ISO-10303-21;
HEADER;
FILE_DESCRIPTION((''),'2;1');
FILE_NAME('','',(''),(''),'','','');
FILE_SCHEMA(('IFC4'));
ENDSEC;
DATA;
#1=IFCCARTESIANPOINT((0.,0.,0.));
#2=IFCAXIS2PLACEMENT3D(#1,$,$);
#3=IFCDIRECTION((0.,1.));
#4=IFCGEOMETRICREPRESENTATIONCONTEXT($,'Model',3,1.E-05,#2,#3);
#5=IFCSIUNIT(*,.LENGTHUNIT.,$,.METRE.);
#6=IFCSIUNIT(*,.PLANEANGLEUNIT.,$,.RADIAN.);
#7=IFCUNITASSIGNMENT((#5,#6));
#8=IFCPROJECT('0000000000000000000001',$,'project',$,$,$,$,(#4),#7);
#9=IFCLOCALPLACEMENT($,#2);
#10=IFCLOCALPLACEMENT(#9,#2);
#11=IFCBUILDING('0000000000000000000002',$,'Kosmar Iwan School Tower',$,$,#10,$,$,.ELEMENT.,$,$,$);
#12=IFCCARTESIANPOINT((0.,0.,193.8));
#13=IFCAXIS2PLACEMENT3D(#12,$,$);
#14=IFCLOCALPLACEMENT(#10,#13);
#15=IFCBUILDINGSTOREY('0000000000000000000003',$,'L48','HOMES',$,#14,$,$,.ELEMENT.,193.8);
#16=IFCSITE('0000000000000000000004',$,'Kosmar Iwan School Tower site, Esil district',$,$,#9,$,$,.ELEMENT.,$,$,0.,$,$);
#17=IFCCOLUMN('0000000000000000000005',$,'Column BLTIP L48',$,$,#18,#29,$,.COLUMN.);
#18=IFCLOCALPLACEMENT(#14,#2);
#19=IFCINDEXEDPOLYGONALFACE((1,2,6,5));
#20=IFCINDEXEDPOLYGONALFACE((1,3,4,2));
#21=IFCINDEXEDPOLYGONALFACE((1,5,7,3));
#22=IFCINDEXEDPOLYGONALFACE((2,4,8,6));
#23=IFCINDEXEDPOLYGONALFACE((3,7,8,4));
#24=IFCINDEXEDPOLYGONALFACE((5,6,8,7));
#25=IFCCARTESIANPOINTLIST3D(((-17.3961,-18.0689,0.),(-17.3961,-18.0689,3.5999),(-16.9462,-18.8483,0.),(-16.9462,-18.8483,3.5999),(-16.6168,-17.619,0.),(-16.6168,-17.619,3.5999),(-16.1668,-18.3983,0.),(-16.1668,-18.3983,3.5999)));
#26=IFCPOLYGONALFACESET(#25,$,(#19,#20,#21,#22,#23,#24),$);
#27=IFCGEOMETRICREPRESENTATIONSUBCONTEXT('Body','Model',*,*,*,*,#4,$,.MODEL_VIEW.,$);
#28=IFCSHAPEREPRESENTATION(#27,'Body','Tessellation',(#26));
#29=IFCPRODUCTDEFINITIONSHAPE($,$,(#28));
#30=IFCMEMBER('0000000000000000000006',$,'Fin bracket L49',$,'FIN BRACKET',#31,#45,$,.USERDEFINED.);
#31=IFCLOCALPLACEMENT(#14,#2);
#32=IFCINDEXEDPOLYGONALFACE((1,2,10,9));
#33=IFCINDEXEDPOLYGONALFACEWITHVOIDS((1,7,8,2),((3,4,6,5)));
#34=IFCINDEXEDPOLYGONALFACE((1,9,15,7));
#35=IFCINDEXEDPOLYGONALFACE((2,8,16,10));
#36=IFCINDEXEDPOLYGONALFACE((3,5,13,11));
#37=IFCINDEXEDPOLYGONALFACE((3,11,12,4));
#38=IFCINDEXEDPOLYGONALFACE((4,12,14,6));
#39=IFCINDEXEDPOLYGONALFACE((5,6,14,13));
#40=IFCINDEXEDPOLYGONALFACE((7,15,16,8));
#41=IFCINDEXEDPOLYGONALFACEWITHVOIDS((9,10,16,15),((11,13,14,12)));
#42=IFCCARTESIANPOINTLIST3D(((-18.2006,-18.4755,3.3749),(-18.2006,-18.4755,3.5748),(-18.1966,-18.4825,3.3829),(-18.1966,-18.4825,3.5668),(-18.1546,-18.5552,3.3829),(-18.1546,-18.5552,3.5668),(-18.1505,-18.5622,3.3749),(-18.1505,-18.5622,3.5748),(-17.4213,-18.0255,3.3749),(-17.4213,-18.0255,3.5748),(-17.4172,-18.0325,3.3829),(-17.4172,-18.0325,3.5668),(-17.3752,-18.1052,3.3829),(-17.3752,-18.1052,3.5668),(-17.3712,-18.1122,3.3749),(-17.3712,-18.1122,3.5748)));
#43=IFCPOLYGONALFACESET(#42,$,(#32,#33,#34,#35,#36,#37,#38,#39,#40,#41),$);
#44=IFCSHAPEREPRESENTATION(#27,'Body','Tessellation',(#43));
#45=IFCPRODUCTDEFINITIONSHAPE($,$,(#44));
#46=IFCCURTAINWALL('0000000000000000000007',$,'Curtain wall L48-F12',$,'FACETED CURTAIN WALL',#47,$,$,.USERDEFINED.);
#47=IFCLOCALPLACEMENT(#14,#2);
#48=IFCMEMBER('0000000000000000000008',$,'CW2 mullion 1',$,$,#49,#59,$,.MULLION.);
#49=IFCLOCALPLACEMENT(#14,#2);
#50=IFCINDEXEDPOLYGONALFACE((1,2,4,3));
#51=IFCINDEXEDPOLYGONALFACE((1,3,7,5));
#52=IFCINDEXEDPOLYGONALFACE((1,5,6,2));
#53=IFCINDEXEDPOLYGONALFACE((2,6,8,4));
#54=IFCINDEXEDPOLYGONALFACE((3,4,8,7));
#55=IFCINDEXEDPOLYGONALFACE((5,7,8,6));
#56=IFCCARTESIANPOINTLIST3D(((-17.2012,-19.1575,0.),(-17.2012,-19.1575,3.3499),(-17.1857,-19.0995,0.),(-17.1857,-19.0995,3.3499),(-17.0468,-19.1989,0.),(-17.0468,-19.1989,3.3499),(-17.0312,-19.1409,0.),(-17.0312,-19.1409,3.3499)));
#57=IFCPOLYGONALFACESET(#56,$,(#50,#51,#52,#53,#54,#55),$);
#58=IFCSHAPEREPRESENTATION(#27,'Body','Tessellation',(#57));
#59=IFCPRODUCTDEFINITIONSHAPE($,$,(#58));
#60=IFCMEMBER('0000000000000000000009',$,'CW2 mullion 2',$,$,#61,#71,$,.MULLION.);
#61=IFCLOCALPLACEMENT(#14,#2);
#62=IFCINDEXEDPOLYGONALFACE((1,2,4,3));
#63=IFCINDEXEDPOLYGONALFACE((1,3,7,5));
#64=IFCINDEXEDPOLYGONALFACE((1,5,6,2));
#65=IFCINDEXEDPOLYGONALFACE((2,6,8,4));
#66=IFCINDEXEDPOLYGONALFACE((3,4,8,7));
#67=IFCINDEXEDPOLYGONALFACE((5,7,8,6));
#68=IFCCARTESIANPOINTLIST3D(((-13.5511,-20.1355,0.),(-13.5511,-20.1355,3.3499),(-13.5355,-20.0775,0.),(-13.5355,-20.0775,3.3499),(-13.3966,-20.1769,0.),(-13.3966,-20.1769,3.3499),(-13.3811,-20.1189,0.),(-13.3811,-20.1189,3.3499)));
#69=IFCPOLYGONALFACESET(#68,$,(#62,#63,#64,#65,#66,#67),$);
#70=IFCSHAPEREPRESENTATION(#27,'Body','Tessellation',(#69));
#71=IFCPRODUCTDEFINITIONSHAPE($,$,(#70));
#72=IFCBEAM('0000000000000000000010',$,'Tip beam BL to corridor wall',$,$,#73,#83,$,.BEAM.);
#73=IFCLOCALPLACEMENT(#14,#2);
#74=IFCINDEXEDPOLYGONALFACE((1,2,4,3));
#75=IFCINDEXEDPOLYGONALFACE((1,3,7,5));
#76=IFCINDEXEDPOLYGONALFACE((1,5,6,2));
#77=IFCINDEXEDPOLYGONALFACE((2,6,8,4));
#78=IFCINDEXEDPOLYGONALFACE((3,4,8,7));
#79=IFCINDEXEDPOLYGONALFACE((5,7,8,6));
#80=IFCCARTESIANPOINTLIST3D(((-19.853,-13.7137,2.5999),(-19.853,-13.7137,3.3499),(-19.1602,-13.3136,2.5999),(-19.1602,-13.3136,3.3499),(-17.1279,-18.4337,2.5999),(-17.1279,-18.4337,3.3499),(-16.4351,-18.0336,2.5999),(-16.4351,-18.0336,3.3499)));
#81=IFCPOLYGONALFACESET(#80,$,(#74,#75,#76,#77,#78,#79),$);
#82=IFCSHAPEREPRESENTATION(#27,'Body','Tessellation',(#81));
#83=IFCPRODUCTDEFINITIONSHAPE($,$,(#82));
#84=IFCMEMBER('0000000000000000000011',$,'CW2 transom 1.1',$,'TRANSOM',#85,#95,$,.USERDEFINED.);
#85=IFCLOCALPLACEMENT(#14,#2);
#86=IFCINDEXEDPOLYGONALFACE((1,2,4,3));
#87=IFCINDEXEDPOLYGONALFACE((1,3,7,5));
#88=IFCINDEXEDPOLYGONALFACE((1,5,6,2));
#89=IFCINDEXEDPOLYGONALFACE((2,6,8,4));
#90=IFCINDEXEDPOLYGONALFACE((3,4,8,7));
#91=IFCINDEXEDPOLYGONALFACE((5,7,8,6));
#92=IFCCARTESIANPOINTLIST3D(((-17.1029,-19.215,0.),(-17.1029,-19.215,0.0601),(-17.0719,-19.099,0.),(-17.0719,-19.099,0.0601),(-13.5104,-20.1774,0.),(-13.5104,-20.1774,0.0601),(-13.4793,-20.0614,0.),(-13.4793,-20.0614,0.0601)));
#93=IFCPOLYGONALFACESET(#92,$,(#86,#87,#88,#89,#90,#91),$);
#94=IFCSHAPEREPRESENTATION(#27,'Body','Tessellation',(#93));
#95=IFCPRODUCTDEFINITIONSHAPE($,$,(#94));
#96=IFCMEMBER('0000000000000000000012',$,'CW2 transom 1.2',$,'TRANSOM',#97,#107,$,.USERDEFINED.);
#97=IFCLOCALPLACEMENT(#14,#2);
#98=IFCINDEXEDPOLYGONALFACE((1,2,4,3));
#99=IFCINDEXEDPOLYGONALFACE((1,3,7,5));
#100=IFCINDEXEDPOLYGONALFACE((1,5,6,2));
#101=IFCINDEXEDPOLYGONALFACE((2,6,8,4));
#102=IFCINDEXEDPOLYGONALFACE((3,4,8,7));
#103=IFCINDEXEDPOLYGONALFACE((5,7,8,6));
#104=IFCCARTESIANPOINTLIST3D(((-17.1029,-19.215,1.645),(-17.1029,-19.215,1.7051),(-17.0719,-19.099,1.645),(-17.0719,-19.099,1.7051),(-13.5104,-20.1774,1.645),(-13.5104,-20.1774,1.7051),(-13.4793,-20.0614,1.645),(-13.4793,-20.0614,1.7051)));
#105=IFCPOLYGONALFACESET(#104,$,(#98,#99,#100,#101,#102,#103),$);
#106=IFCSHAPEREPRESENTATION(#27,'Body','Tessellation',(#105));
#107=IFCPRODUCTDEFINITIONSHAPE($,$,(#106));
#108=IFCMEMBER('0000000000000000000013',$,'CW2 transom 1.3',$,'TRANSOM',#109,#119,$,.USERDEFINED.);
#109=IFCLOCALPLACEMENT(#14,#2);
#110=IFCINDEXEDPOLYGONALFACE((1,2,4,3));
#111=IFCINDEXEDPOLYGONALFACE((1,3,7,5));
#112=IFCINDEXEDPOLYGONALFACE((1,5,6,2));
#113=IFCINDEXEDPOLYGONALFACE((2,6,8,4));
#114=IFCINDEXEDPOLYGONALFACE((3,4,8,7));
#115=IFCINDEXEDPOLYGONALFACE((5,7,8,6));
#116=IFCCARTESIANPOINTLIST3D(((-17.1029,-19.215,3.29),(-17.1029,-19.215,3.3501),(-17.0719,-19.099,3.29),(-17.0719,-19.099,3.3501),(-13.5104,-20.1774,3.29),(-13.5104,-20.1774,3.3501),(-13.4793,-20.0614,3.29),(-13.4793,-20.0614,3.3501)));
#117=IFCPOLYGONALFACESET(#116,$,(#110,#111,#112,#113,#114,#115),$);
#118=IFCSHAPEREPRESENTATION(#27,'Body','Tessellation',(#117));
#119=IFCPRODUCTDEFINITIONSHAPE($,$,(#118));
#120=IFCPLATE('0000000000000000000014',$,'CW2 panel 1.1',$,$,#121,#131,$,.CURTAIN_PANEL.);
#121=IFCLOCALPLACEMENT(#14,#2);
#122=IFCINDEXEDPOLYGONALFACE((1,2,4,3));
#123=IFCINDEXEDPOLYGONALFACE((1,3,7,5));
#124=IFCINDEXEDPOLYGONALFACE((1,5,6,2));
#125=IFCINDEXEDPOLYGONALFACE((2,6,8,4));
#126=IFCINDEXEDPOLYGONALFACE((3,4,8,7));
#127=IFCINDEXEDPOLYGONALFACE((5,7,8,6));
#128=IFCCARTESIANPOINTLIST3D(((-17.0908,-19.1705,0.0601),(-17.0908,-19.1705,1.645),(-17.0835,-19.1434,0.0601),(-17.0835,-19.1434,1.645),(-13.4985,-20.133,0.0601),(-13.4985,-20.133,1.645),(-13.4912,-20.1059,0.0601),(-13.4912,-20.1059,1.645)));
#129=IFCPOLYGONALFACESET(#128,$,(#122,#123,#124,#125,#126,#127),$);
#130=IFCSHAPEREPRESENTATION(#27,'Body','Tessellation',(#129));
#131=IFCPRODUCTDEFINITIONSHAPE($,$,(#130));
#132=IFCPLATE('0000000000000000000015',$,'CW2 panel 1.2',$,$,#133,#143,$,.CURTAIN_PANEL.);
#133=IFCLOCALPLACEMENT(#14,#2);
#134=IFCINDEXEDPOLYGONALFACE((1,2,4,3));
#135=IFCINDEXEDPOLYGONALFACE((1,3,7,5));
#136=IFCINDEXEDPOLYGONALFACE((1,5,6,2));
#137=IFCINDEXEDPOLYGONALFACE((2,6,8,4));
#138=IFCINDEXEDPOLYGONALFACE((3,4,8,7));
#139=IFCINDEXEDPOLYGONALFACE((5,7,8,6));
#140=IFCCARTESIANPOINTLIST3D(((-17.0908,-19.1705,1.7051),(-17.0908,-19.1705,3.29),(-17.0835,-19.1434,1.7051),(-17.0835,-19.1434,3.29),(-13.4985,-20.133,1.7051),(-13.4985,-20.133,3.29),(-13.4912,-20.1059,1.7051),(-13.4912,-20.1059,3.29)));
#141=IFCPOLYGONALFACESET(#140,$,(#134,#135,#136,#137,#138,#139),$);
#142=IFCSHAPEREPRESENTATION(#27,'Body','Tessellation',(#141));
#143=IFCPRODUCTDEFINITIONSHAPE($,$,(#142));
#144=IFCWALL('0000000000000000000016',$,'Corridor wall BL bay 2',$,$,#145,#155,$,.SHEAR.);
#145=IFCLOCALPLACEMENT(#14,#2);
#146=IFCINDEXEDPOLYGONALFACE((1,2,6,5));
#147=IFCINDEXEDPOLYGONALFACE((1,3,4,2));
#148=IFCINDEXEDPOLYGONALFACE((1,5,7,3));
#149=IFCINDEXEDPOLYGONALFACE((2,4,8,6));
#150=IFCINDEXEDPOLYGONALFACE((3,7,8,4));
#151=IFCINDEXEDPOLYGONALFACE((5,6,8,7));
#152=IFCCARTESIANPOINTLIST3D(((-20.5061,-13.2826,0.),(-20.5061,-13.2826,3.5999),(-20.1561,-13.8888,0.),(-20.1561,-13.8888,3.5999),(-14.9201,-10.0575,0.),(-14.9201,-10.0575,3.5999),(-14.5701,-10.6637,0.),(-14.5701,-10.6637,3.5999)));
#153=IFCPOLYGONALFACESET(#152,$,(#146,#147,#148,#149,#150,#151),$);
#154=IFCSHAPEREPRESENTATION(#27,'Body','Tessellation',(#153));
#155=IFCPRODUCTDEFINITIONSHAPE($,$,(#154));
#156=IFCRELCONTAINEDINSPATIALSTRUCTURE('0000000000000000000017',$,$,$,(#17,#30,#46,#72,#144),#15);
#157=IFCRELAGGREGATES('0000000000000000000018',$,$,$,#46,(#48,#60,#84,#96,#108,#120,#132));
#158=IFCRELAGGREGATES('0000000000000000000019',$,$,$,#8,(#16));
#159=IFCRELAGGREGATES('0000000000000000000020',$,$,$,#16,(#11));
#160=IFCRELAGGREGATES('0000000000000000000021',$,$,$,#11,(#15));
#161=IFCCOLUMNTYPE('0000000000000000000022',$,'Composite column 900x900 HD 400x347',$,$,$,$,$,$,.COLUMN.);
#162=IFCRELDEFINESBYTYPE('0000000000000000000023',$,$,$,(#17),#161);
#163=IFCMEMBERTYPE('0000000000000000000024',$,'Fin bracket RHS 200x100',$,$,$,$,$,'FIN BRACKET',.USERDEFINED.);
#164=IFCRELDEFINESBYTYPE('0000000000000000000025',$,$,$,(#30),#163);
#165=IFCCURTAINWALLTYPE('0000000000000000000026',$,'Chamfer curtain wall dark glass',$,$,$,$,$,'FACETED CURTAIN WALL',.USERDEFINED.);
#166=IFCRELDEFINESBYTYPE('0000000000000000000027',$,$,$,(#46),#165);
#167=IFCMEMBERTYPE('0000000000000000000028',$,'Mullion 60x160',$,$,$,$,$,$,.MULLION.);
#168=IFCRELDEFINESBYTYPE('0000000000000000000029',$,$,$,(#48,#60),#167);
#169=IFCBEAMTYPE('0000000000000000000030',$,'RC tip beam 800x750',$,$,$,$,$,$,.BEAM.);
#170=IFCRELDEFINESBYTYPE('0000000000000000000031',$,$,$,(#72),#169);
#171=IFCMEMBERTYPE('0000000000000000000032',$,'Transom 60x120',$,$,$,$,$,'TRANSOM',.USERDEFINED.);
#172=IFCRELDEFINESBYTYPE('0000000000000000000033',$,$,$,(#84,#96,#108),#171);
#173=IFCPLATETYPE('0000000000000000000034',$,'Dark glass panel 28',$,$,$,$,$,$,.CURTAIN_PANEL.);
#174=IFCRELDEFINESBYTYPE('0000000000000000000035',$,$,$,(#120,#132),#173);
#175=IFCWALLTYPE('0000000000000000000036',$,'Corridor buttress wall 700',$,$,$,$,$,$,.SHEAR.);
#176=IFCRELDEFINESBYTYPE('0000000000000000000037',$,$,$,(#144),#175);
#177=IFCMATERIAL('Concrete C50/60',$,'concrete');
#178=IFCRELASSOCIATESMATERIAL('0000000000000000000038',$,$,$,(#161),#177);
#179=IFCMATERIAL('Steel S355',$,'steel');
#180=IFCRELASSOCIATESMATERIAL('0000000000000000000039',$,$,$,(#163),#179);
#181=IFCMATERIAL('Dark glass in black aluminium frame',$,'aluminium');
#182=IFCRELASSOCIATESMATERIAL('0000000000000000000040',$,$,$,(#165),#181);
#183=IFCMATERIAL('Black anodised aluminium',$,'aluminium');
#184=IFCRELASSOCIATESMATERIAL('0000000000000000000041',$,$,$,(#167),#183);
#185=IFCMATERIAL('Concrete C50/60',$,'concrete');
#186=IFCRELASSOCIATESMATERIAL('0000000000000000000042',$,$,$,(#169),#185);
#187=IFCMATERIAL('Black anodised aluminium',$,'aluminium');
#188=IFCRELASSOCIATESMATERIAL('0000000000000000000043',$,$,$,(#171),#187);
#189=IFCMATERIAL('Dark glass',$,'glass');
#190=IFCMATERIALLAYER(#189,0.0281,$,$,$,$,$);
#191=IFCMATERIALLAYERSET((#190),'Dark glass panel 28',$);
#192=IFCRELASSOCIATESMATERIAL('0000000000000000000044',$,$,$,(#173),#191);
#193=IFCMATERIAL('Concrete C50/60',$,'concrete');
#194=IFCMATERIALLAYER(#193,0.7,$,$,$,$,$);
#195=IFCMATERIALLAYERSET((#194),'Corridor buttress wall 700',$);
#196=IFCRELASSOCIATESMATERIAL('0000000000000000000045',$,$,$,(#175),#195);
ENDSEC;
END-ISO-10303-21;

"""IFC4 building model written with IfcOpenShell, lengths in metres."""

from ifc_helpers import new_model, si_unit, direction, frame, frame_2d, origin, origin_2d, place, context, subcontext, project, spatial, rectangle, hollow_rectangle, extrude, material, layer, layer_set, material_profile, profile_set, type_object, element, aggregate, save


model = new_model("IFC4")

# Units and contexts
model_context = context("Model", 3, precision=1e-05, world=origin(), true_north=direction((0.0, 1.0)))
body_context = subcontext(model_context, "Body", "Model", "MODEL_VIEW")
ifc_project = project(units=[si_unit("LENGTHUNIT", "METRE"), si_unit("PLANEANGLEUNIT", "RADIAN")], contexts=[model_context])

# Site, building, storey
site_placement = place(None, origin())
site = spatial("IfcSite", under=ifc_project, at=site_placement, Name="Kosmar Iwan School Tower site, Esil district", CompositionType="ELEMENT", RefElevation=0.0)
building_placement = place(site_placement, origin())
building = spatial("IfcBuilding", under=site, at=building_placement, Name="Kosmar Iwan School Tower", CompositionType="ELEMENT")
storey_placement = place(building_placement, frame((0.0, 0.0, 193.8)))
storey = spatial("IfcBuildingStorey", under=building, at=storey_placement, Name="L48", Description="HOMES", CompositionType="ELEMENT", Elevation=193.8)

# Column
ifc_material_1 = material(Name="Concrete C50/60", Category="concrete")
ifc_material_profile_1 = material_profile(ifc_material_1, rectangle(XDim=0.8999, YDim=0.8999, at=origin_2d()), Name="RC 900x900 + HD 400x347")
ifc_profile_set_1 = profile_set([ifc_material_profile_1], Name="Concrete C50/60")
column_type = type_object("IfcColumnType", Name="Composite column 900x900 HD 400x347", PredefinedType="COLUMN", material=ifc_profile_set_1)
column_placement = place(storey_placement, frame((-16.7815, -18.2336, 0.0), z_axis=(0.0, 0.0, 1.0), x_axis=(-0.866025, -0.5, 0.0)))
element("IfcColumn", 1, at=column_placement, inside=storey, type_object=column_type, Name="Column BLTIP L48", PredefinedType="COLUMN", context=body_context, shape_type="SweptSolid", body=[
    extrude(rectangle(XDim=0.8999, YDim=0.8999, at=origin_2d()), origin(), (0.0, 0.0, 1.0), 3.5999),
])

# Member
ifc_material_2 = material(Name="Steel S355", Category="steel")
ifc_material_profile_2 = material_profile(ifc_material_2, hollow_rectangle(XDim=0.1001, YDim=0.2, WallThickness=0.0081, at=origin_2d()), Name="RHS 200x100x8")
ifc_profile_set_2 = profile_set([ifc_material_profile_2], Name="Steel S355")
member_type_1 = type_object("IfcMemberType", Name="Fin bracket RHS 200x100", ElementType="FIN BRACKET", PredefinedType="USERDEFINED", material=ifc_profile_set_2)
member_1_placement = place(storey_placement, frame((-17.3962, -18.0688, 3.4749), z_axis=(-0.866014, -0.50002, 0.0), x_axis=(0.50002, -0.866014, 0.0)))
element("IfcMember", 2, at=member_1_placement, inside=storey, type_object=member_type_1, Name="Fin bracket L49", ObjectType="FIN BRACKET", PredefinedType="USERDEFINED", context=body_context, shape_type="SweptSolid", body=[
    extrude(hollow_rectangle(XDim=0.1001, YDim=0.2, WallThickness=0.0081, at=origin_2d()), origin(), (0.0, 0.0, 1.0), 0.8999),
])

# Curtain wall, members
ifc_material_3 = material(Name="Dark glass in black aluminium frame", Category="aluminium")
curtain_wall_type = type_object("IfcCurtainWallType", Name="Chamfer curtain wall dark glass", ElementType="FACETED CURTAIN WALL", PredefinedType="USERDEFINED", material=ifc_material_3)
curtain_wall_placement = place(storey_placement, origin())
curtain_wall = element("IfcCurtainWall", 3, at=curtain_wall_placement, inside=storey, type_object=curtain_wall_type, Name="Curtain wall L48-F12", ObjectType="FACETED CURTAIN WALL", PredefinedType="USERDEFINED")
ifc_material_4 = material(Name="Black anodised aluminium", Category="aluminium")
ifc_material_profile_3 = material_profile(ifc_material_4, rectangle(XDim=0.0601, YDim=0.1599, at=origin_2d()), Name="MULLION 60x160")
ifc_profile_set_3 = profile_set([ifc_material_profile_3], Name="Black anodised aluminium")
member_type_2 = type_object("IfcMemberType", Name="Mullion 60x160", PredefinedType="MULLION", material=ifc_profile_set_3)
member_2_placement = place(storey_placement, frame((-17.1162, -19.1492, 0.0), z_axis=(0.0, 0.0, 1.0), x_axis=(0.258819, 0.965926, 0.0)))
member_2 = element("IfcMember", 4, at=member_2_placement, type_object=member_type_2, Name="CW2 mullion 1", PredefinedType="MULLION", context=body_context, shape_type="SweptSolid", body=[
    extrude(rectangle(XDim=0.0601, YDim=0.1599, at=origin_2d()), origin(), (0.0, 0.0, 1.0), 3.3499),
])
member_3_placement = place(storey_placement, frame((-13.4661, -20.1272, 0.0), z_axis=(0.0, 0.0, 1.0), x_axis=(0.258819, 0.965926, 0.0)))
member_3 = element("IfcMember", 5, at=member_3_placement, type_object=member_type_2, Name="CW2 mullion 2", PredefinedType="MULLION", context=body_context, shape_type="SweptSolid", body=[
    extrude(rectangle(XDim=0.0601, YDim=0.1599, at=origin_2d()), origin(), (0.0, 0.0, 1.0), 3.3499),
])

# Beam
ifc_material_5 = material(Name="Concrete C50/60", Category="concrete")
ifc_material_profile_4 = material_profile(ifc_material_5, rectangle(XDim=0.8, YDim=0.75, at=origin_2d()), Name="RC 800x750")
ifc_profile_set_4 = profile_set([ifc_material_profile_4], Name="Concrete C50/60")
beam_type = type_object("IfcBeamType", Name="RC tip beam 800x750", PredefinedType="BEAM", material=ifc_profile_set_4)
beam_placement = place(storey_placement, frame((-16.7815, -18.2336, 2.9749), z_axis=(-0.500003, 0.866024, 0.0), x_axis=(-0.866024, -0.500003, 0.0)))
element("IfcBeam", 6, at=beam_placement, inside=storey, type_object=beam_type, Name="Tip beam BL to corridor wall", PredefinedType="BEAM", context=body_context, shape_type="SweptSolid", body=[
    extrude(rectangle(XDim=0.8, YDim=0.75, at=origin_2d()), origin(), (0.0, 0.0, 1.0), 5.4502),
])

# Members
ifc_material_6 = material(Name="Black anodised aluminium", Category="aluminium")
ifc_material_profile_5 = material_profile(ifc_material_6, rectangle(XDim=0.1201, YDim=0.0601, at=origin_2d()), Name="TRANSOM 60x120")
ifc_profile_set_5 = profile_set([ifc_material_profile_5], Name="Black anodised aluminium")
member_type_3 = type_object("IfcMemberType", Name="Transom 60x120", ElementType="TRANSOM", PredefinedType="USERDEFINED", material=ifc_profile_set_5)
member_4_placement = place(storey_placement, frame((-17.0874, -19.157, 0.03), z_axis=(0.96594, -0.258766, 0.0), x_axis=(0.258766, 0.96594, 0.0)))
member_4 = element("IfcMember", 7, at=member_4_placement, type_object=member_type_3, Name="CW2 transom 1.1", ObjectType="TRANSOM", PredefinedType="USERDEFINED", context=body_context, shape_type="SweptSolid", body=[
    extrude(rectangle(XDim=0.1201, YDim=0.0601, at=origin_2d()), origin(), (0.0, 0.0, 1.0), 3.7192),
])
member_5_placement = place(storey_placement, frame((-17.0874, -19.157, 1.675), z_axis=(0.96594, -0.258766, 0.0), x_axis=(0.258766, 0.96594, 0.0)))
member_5 = element("IfcMember", 8, at=member_5_placement, type_object=member_type_3, Name="CW2 transom 1.2", ObjectType="TRANSOM", PredefinedType="USERDEFINED", context=body_context, shape_type="SweptSolid", body=[
    extrude(rectangle(XDim=0.1201, YDim=0.0601, at=origin_2d()), origin(), (0.0, 0.0, 1.0), 3.7192),
])
member_6_placement = place(storey_placement, frame((-17.0874, -19.157, 3.3201), z_axis=(0.96594, -0.258766, 0.0), x_axis=(0.258766, 0.96594, 0.0)))
member_6 = element("IfcMember", 9, at=member_6_placement, type_object=member_type_3, Name="CW2 transom 1.3", ObjectType="TRANSOM", PredefinedType="USERDEFINED", context=body_context, shape_type="SweptSolid", body=[
    extrude(rectangle(XDim=0.1201, YDim=0.0601, at=origin_2d()), origin(), (0.0, 0.0, 1.0), 3.7192),
])

# Plates
ifc_material_7 = material(Name="Dark glass", Category="glass")
ifc_layer_1 = layer(ifc_material_7, 0.0281)
ifc_layer_set_1 = layer_set([ifc_layer_1], Name="Dark glass panel 28")
plate_type = type_object("IfcPlateType", Name="Dark glass panel 28", PredefinedType="CURTAIN_PANEL", material=ifc_layer_set_1)
plate_1_placement = place(storey_placement, frame((-15.291, -19.6382, 0.0601), z_axis=(0.0, 0.0, 1.0), x_axis=(0.965926, -0.258819, 0.0)))
plate_1 = element("IfcPlate", 10, at=plate_1_placement, type_object=plate_type, Name="CW2 panel 1.1", PredefinedType="CURTAIN_PANEL", context=body_context, shape_type="SweptSolid", body=[
    extrude(rectangle(XDim=3.719, YDim=0.0281, at=origin_2d()), origin(), (0.0, 0.0, 1.0), 1.585),
])
plate_2_placement = place(storey_placement, frame((-15.291, -19.6382, 1.7051), z_axis=(0.0, 0.0, 1.0), x_axis=(0.965926, -0.258819, 0.0)))
plate_2 = element("IfcPlate", 11, at=plate_2_placement, type_object=plate_type, Name="CW2 panel 1.2", PredefinedType="CURTAIN_PANEL", context=body_context, shape_type="SweptSolid", body=[
    extrude(rectangle(XDim=3.719, YDim=0.0281, at=origin_2d()), origin(), (0.0, 0.0, 1.0), 1.585),
])
aggregate(curtain_wall, [member_2, member_3, member_4, member_5, member_6, plate_1, plate_2])

# Wall
ifc_material_8 = material(Name="Concrete C50/60", Category="concrete")
ifc_layer_2 = layer(ifc_material_8, 0.7)
ifc_layer_set_2 = layer_set([ifc_layer_2], Name="Corridor buttress wall 700")
wall_type_1 = type_object("IfcWallType", Name="Corridor buttress wall 700", PredefinedType="SHEAR", material=ifc_layer_set_2)
wall_1_placement = place(storey_placement, frame((-14.7451, -10.3606, 0.0), z_axis=(0.0, 0.0, 1.0), x_axis=(-0.866022, -0.500006, 0.0)))
element("IfcWall", 12, at=wall_1_placement, inside=storey, type_object=wall_type_1, Name="Corridor wall BL bay 2", PredefinedType="SHEAR", context=body_context, shape_type="SweptSolid", body=[
    extrude(rectangle(XDim=6.4502, YDim=0.7, at=frame_2d((3.2251, 0.0))), origin(), (0.0, 0.0, 1.0), 3.5999),
])

save(model, "model.ifc")
